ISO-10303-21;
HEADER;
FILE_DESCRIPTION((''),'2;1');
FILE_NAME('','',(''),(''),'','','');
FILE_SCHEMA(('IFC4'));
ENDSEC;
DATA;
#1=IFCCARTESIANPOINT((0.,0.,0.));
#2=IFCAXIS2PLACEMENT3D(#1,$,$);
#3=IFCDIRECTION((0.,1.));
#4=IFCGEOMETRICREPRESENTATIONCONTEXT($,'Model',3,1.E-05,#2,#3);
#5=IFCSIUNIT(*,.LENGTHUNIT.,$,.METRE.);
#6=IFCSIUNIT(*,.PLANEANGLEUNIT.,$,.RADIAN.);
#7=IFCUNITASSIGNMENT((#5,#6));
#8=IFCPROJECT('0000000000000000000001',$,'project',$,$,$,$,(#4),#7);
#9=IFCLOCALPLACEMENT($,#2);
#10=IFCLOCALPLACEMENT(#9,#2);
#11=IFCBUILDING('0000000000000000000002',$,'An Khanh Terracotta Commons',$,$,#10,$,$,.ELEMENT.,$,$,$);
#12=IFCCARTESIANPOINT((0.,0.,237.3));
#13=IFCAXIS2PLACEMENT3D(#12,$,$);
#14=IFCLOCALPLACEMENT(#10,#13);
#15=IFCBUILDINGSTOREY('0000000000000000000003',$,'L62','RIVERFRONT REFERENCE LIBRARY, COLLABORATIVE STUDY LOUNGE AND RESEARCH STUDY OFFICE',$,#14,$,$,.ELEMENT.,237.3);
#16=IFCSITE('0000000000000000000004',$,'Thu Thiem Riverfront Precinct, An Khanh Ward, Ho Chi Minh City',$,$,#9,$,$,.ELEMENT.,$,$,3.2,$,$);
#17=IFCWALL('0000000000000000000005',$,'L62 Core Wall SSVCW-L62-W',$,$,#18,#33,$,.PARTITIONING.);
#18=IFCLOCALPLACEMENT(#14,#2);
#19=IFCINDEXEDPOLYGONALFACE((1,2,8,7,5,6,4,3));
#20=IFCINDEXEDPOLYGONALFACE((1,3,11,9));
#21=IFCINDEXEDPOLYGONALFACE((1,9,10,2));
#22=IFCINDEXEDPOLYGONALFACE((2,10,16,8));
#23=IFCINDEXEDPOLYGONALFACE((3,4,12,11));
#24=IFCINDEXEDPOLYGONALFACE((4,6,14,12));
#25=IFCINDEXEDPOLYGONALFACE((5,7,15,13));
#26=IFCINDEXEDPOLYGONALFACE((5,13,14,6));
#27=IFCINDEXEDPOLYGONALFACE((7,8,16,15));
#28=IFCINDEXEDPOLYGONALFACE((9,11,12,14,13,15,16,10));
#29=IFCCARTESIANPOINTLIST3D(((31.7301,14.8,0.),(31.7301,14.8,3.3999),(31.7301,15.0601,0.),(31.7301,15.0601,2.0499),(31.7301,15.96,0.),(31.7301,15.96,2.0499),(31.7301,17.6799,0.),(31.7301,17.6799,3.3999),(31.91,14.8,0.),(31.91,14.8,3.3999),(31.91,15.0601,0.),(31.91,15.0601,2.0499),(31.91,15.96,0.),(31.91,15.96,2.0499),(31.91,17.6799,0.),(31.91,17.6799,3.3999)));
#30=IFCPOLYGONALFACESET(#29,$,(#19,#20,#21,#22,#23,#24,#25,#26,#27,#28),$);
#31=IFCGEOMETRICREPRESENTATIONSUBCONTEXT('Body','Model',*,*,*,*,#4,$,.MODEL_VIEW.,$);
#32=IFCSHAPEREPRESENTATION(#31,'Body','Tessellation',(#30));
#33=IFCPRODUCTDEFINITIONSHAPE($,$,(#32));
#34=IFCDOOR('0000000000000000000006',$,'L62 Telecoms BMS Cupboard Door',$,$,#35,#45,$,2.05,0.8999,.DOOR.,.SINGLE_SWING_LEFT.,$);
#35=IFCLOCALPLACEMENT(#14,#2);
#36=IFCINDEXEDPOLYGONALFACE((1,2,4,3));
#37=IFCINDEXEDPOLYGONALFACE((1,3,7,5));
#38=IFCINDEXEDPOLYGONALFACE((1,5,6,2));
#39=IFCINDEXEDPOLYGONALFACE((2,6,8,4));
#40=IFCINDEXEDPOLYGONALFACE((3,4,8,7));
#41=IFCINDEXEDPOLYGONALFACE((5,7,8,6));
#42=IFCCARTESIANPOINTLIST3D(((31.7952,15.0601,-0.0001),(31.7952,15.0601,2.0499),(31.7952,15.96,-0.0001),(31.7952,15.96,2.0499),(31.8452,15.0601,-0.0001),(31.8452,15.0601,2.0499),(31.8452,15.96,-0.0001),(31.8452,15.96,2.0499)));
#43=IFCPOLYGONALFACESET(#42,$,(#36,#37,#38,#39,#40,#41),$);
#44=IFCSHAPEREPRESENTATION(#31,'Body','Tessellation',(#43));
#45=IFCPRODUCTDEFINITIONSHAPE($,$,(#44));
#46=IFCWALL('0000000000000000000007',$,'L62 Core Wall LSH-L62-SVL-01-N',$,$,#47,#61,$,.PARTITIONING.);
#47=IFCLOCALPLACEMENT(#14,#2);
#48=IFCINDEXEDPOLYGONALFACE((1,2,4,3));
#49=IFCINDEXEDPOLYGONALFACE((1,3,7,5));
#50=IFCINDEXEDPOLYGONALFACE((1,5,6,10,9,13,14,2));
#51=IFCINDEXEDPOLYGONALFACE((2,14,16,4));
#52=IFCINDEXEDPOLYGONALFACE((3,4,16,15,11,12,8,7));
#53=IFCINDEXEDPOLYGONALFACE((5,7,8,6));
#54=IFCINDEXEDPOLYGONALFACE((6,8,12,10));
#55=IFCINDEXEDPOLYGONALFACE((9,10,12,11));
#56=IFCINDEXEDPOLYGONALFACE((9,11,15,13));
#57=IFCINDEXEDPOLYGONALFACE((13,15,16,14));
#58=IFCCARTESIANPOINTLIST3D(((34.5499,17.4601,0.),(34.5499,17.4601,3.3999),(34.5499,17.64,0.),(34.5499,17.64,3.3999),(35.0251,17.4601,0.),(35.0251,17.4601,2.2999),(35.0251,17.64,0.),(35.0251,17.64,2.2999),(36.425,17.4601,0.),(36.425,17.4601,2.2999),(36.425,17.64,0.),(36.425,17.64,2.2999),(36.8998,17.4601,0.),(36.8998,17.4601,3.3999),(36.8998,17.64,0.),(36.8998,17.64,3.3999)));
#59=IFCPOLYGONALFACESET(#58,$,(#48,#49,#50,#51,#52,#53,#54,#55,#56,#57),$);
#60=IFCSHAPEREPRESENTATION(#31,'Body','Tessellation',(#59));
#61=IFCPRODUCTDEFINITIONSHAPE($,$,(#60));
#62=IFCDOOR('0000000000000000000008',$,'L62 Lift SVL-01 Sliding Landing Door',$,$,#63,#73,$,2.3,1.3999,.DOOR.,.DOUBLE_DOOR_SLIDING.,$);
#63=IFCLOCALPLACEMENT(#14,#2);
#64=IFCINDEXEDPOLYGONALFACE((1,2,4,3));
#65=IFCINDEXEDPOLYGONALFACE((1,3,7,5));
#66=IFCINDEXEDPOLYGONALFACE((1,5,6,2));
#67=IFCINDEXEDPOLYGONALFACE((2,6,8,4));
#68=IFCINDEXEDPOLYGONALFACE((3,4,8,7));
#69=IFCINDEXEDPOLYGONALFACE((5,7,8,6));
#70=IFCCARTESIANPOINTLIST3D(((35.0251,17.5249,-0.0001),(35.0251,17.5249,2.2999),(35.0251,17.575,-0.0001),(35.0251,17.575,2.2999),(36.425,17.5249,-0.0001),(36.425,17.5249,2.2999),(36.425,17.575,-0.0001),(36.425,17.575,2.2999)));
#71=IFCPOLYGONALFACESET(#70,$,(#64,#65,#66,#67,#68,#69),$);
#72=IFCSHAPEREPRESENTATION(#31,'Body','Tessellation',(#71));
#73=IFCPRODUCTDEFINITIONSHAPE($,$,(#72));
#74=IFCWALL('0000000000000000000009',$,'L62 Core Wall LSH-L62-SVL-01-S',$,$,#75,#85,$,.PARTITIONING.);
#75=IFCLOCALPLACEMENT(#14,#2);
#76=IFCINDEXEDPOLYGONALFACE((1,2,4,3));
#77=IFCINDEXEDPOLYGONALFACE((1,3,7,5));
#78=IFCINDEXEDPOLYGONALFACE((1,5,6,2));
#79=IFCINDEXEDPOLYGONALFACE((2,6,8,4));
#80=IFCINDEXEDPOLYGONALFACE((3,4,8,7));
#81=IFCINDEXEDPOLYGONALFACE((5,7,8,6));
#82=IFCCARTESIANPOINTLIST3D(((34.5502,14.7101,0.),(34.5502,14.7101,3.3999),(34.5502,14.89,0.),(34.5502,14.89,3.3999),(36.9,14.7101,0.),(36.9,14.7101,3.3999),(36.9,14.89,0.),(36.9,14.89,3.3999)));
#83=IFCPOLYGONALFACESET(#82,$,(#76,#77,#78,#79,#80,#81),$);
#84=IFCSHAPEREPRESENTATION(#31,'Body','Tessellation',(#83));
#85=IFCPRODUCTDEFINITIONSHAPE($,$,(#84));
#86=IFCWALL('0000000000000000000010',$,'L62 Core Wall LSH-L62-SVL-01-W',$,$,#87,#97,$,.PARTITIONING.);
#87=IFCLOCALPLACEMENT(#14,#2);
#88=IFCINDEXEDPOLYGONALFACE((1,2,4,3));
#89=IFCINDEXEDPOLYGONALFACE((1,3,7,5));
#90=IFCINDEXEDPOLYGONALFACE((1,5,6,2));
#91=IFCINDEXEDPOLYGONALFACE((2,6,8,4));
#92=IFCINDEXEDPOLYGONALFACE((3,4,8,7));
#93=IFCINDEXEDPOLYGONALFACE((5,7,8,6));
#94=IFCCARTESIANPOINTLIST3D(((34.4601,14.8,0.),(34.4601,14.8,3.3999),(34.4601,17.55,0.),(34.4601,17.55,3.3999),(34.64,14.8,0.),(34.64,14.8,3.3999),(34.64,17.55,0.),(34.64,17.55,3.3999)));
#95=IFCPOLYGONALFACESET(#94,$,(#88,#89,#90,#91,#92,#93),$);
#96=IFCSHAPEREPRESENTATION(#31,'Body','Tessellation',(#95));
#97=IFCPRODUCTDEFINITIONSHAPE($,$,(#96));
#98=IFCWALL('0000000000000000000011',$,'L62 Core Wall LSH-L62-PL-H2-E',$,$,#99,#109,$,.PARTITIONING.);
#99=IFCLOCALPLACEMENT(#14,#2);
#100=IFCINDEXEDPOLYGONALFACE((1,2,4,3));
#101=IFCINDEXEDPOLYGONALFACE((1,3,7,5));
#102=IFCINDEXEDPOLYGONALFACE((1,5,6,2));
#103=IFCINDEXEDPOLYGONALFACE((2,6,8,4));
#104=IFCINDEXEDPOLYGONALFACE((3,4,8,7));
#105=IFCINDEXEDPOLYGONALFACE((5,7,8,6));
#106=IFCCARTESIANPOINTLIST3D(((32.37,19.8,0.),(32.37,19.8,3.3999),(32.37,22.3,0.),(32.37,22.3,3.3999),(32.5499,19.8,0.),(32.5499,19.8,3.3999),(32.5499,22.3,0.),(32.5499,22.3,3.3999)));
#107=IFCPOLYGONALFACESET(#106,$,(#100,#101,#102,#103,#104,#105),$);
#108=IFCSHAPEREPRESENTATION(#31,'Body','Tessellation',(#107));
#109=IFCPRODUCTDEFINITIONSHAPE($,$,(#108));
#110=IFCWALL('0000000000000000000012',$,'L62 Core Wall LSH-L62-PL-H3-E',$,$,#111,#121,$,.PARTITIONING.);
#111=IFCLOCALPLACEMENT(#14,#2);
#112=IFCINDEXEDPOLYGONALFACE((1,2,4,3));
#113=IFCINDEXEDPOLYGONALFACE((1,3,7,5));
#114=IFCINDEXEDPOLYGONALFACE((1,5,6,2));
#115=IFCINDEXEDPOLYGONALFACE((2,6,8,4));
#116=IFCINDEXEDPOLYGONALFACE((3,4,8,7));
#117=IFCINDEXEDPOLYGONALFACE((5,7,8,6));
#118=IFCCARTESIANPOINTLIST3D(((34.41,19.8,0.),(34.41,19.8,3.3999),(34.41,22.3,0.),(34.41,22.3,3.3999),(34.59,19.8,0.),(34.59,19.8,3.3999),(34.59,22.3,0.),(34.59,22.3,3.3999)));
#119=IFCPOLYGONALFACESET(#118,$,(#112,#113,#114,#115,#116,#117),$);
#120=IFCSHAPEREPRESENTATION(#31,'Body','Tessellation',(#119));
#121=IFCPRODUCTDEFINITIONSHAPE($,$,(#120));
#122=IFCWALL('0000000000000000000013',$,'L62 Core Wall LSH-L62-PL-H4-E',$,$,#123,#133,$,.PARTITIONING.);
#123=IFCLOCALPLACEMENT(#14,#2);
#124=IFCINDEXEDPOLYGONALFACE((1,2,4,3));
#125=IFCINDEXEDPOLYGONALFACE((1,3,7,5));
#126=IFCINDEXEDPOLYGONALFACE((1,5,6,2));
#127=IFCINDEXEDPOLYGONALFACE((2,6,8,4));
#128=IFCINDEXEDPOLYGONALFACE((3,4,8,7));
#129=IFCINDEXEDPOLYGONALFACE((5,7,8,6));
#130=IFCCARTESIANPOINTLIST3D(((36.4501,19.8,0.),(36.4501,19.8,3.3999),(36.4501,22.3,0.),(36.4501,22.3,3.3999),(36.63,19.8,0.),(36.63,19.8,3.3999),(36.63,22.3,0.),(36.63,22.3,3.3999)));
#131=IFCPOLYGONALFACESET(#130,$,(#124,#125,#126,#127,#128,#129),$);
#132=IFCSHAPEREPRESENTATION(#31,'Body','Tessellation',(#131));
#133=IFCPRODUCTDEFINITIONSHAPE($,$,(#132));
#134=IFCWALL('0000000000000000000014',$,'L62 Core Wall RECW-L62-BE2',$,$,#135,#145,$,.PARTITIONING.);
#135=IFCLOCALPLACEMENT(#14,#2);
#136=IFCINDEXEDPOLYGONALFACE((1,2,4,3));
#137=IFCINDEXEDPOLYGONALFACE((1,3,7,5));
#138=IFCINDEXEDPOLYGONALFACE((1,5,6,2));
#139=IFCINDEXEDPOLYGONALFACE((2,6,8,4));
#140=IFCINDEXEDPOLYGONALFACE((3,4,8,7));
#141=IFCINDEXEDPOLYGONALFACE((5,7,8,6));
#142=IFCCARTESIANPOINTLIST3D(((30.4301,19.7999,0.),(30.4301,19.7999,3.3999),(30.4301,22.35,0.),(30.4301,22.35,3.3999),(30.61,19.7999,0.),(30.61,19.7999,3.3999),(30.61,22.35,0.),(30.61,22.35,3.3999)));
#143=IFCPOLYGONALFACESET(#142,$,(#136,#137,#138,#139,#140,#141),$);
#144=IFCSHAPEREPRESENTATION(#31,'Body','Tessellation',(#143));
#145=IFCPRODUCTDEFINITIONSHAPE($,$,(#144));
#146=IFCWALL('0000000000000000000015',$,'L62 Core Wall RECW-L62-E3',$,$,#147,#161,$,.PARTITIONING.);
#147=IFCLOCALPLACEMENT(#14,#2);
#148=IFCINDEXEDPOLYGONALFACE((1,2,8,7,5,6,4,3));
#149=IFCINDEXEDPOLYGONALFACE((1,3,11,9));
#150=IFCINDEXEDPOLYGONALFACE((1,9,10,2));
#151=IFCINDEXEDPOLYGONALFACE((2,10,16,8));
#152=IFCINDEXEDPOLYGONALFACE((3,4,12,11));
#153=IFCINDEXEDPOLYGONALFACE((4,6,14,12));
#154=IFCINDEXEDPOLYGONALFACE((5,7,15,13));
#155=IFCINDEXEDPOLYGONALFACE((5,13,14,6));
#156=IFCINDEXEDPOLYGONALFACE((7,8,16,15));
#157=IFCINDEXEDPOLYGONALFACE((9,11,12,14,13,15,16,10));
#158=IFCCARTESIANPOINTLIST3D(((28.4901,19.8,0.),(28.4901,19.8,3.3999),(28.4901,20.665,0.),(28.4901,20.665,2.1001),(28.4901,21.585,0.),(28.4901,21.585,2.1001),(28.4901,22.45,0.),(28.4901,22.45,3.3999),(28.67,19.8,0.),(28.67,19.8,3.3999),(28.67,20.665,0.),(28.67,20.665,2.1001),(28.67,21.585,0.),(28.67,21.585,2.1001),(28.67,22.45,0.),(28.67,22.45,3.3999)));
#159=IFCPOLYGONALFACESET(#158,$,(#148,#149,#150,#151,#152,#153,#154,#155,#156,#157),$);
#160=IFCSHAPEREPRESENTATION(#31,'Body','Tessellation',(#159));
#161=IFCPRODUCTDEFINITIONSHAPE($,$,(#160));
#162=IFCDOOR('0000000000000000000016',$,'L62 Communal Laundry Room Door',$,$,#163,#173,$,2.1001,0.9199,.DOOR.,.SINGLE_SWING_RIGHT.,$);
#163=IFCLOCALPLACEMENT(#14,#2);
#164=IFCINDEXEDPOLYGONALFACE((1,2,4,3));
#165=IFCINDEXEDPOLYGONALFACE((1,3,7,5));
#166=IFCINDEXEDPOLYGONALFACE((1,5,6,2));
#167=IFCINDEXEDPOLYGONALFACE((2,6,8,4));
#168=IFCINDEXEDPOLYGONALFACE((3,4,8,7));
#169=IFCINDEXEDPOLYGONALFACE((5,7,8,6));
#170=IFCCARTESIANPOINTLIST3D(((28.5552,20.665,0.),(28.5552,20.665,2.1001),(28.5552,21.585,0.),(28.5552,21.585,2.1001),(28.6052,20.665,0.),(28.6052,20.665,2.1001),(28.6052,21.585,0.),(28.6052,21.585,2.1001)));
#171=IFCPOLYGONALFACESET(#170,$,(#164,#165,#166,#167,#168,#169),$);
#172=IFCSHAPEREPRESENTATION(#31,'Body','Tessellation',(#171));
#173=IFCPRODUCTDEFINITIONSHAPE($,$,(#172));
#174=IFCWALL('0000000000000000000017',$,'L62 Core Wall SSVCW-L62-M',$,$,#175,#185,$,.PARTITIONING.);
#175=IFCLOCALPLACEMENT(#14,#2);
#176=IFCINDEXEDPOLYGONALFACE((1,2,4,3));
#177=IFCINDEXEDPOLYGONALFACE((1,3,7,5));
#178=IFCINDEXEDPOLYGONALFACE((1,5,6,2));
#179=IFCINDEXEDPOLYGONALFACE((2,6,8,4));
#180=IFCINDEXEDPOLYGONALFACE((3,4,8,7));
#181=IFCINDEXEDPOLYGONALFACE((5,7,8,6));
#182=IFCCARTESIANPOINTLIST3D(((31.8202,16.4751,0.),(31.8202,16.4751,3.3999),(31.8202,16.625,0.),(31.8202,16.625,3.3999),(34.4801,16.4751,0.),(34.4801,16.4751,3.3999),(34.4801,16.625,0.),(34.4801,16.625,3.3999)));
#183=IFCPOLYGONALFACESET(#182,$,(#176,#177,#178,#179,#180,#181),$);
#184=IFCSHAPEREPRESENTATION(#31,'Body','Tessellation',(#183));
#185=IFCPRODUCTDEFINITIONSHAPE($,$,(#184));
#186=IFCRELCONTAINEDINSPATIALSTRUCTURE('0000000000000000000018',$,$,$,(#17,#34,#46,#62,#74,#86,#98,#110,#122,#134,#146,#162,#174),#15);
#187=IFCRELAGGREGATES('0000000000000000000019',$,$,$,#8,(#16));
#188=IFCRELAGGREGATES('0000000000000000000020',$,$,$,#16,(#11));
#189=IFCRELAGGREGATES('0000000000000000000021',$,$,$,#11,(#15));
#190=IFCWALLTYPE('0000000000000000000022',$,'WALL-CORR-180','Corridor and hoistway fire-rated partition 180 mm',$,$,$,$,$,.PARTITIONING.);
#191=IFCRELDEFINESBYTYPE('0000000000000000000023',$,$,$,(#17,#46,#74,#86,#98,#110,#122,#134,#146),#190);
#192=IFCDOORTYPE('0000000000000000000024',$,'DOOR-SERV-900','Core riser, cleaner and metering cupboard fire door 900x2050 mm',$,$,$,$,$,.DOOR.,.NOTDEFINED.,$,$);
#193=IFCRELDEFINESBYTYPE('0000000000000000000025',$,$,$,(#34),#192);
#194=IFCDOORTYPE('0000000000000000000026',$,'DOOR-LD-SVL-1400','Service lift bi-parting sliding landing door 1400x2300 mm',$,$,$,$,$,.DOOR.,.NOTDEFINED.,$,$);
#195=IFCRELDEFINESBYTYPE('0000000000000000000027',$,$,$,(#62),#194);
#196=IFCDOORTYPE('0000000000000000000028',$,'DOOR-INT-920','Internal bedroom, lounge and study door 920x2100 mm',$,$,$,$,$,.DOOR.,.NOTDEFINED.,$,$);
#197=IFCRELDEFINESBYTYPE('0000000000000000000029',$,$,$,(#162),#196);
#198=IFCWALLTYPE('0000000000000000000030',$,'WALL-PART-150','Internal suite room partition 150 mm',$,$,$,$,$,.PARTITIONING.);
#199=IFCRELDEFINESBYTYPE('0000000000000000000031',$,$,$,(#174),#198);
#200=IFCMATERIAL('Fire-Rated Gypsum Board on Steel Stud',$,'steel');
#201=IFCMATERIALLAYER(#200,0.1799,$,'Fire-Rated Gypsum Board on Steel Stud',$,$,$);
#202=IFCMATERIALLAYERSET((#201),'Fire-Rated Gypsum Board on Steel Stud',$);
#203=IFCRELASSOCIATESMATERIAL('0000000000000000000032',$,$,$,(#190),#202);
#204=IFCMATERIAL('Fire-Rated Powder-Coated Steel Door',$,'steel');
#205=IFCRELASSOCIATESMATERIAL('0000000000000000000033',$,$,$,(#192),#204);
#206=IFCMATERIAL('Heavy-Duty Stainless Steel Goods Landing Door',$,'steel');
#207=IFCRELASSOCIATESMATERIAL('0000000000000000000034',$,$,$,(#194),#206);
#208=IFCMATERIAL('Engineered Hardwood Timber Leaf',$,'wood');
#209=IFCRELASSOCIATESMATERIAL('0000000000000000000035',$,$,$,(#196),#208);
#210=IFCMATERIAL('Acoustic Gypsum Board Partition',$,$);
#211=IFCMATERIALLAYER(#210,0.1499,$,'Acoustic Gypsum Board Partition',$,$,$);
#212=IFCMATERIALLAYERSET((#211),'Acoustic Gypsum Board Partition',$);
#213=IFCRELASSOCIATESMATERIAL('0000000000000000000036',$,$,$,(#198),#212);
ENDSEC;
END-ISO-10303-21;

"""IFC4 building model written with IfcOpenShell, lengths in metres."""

from ifc_helpers import new_model, si_unit, direction, frame, frame_2d, origin, place, context, subcontext, project, spatial, rectangle, extrude, material, layer, layer_set, type_object, element, fill, save


model = new_model("IFC4")

# Units and contexts
model_context = context("Model", 3, precision=1e-05, world=origin(), true_north=direction((0.0, 1.0)))
body_context = subcontext(model_context, "Body", "Model", "MODEL_VIEW")
ifc_project = project(units=[si_unit("LENGTHUNIT", "METRE"), si_unit("PLANEANGLEUNIT", "RADIAN")], contexts=[model_context])

# Site, building, storey
site_placement = place(None, origin())
site = spatial("IfcSite", under=ifc_project, at=site_placement, Name="Thu Thiem Riverfront Precinct, An Khanh Ward, Ho Chi Minh City", CompositionType="ELEMENT", RefElevation=3.2)
building_placement = place(site_placement, origin())
building = spatial("IfcBuilding", under=site, at=building_placement, Name="An Khanh Terracotta Commons", CompositionType="ELEMENT")
storey_placement = place(building_placement, frame((0.0, 0.0, 237.3)))
storey = spatial("IfcBuildingStorey", under=building, at=storey_placement, Name="L62", Description="RIVERFRONT REFERENCE LIBRARY, COLLABORATIVE STUDY LOUNGE AND RESEARCH STUDY OFFICE", CompositionType="ELEMENT", Elevation=237.3)

# Walls, openings, doors
ifc_material_1 = material(Name="Fire-Rated Gypsum Board on Steel Stud", Category="steel")
ifc_layer_1 = layer(ifc_material_1, 0.1799, Name="Fire-Rated Gypsum Board on Steel Stud")
ifc_layer_set_1 = layer_set([ifc_layer_1], Name="Fire-Rated Gypsum Board on Steel Stud")
wall_type_1 = type_object("IfcWallType", Name="WALL-CORR-180", Description="Corridor and hoistway fire-rated partition 180 mm", PredefinedType="PARTITIONING", material=ifc_layer_set_1)
ifc_material_2 = material(Name="Fire-Rated Powder-Coated Steel Door", Category="steel")
door_type_1 = type_object("IfcDoorType", Name="DOOR-SERV-900", Description="Core riser, cleaner and metering cupboard fire door 900x2050 mm", OperationType="NOTDEFINED", PredefinedType="DOOR", material=ifc_material_2)
wall_1_placement = place(storey_placement, frame((31.8201, 14.8, 0.0), z_axis=(0.0, 0.0, 1.0), x_axis=(0.0, 1.0, 0.0)))
wall_1 = element("IfcWall", 1, at=wall_1_placement, inside=storey, type_object=wall_type_1, Name="L62 Core Wall SSVCW-L62-W", PredefinedType="PARTITIONING", context=body_context, shape_type="SweptSolid", body=[
    extrude(rectangle(XDim=2.8799, YDim=0.1799, at=frame_2d((1.4399, 0.0))), origin(), (0.0, 0.0, 1.0), 3.3999),
])
opening_1_placement = place(wall_1_placement, frame((0.26, 0.0, 0.0)))
opening_1 = element("IfcOpeningElement", 2, at=opening_1_placement, cuts=wall_1, PredefinedType="OPENING", context=body_context, shape_type="SweptSolid", body=[
    extrude(rectangle(XDim=0.8999, YDim=2.05, at=frame_2d((0.45, 1.0249))), frame((0.0, 0.0999, 0.0), z_axis=(0.0, -1.0, 0.0), x_axis=(1.0, 0.0, 0.0)), (0.0, 0.0, 1.0), 0.2),
])
door_1_placement = place(opening_1_placement, origin())
door_1 = element("IfcDoor", 3, at=door_1_placement, inside=storey, type_object=door_type_1, Name="L62 Telecoms BMS Cupboard Door", OperationType="SINGLE_SWING_LEFT", OverallHeight=2.05, OverallWidth=0.8999, PredefinedType="DOOR", context=body_context, shape_type="SweptSolid", body=[
    extrude(rectangle(XDim=0.8999, YDim=2.05, at=frame_2d((0.45, 1.0249))), frame((0.0, 0.0249, 0.0), z_axis=(0.0, -1.0, 0.0), x_axis=(1.0, 0.0, 0.0)), (0.0, 0.0, 1.0), 0.05),
])
fill(opening_1, door_1)
wall_2_placement = place(storey_placement, frame((34.55, 17.55, 0.0), z_axis=(0.0, 0.0, 1.0), x_axis=(1.0, 0.0, 0.0)))
wall_2 = element("IfcWall", 4, at=wall_2_placement, inside=storey, type_object=wall_type_1, Name="L62 Core Wall LSH-L62-SVL-01-N", PredefinedType="PARTITIONING", context=body_context, shape_type="SweptSolid", body=[
    extrude(rectangle(XDim=2.3499, YDim=0.1799, at=frame_2d((1.1748, 0.0))), origin(), (0.0, 0.0, 1.0), 3.3999),
])
opening_2_placement = place(wall_2_placement, frame((0.4751, 0.0, 0.0)))
opening_2 = element("IfcOpeningElement", 5, at=opening_2_placement, cuts=wall_2, PredefinedType="OPENING", context=body_context, shape_type="SweptSolid", body=[
    extrude(rectangle(XDim=1.3999, YDim=2.3, at=frame_2d((0.7, 1.1499))), frame((0.0, 0.0999, 0.0), z_axis=(0.0, -1.0, 0.0), x_axis=(1.0, 0.0, 0.0)), (0.0, 0.0, 1.0), 0.2),
])
ifc_material_3 = material(Name="Heavy-Duty Stainless Steel Goods Landing Door", Category="steel")
door_type_2 = type_object("IfcDoorType", Name="DOOR-LD-SVL-1400", Description="Service lift bi-parting sliding landing door 1400x2300 mm", OperationType="NOTDEFINED", PredefinedType="DOOR", material=ifc_material_3)
door_2_placement = place(opening_2_placement, origin())
door_2 = element("IfcDoor", 6, at=door_2_placement, inside=storey, type_object=door_type_2, Name="L62 Lift SVL-01 Sliding Landing Door", OperationType="DOUBLE_DOOR_SLIDING", OverallHeight=2.3, OverallWidth=1.3999, PredefinedType="DOOR", context=body_context, shape_type="SweptSolid", body=[
    extrude(rectangle(XDim=1.3999, YDim=2.3, at=frame_2d((0.7, 1.1499))), frame((0.0, 0.0249, 0.0), z_axis=(0.0, -1.0, 0.0), x_axis=(1.0, 0.0, 0.0)), (0.0, 0.0, 1.0), 0.05),
])
fill(opening_2, door_2)

# Walls
wall_3_placement = place(storey_placement, frame((36.8999, 14.8, 0.0), z_axis=(0.0, 0.0, 1.0), x_axis=(-1.0, 0.0, 0.0)))
element("IfcWall", 7, at=wall_3_placement, inside=storey, type_object=wall_type_1, Name="L62 Core Wall LSH-L62-SVL-01-S", PredefinedType="PARTITIONING", context=body_context, shape_type="SweptSolid", body=[
    extrude(rectangle(XDim=2.3499, YDim=0.1799, at=frame_2d((1.1748, 0.0))), origin(), (0.0, 0.0, 1.0), 3.3999),
])
wall_4_placement = place(storey_placement, frame((34.55, 17.55, 0.0), z_axis=(0.0, 0.0, 1.0), x_axis=(0.0, -1.0, 0.0)))
element("IfcWall", 8, at=wall_4_placement, inside=storey, type_object=wall_type_1, Name="L62 Core Wall LSH-L62-SVL-01-W", PredefinedType="PARTITIONING", context=body_context, shape_type="SweptSolid", body=[
    extrude(rectangle(XDim=2.75, YDim=0.1799, at=frame_2d((1.375, 0.0))), origin(), (0.0, 0.0, 1.0), 3.3999),
])
for number, where, z_axis, x_axis, name in (
    (9, (32.46, 19.8, 0.0), (0.0, 0.0, 1.0), (0.0, 1.0, 0.0), "L62 Core Wall LSH-L62-PL-H2-E"),
    (10, (34.5, 19.8, 0.0), (0.0, 0.0, 1.0), (0.0, 1.0, 0.0), "L62 Core Wall LSH-L62-PL-H3-E"),
    (11, (36.54, 19.8, 0.0), (0.0, 0.0, 1.0), (0.0, 1.0, 0.0), "L62 Core Wall LSH-L62-PL-H4-E"),
):
    element("IfcWall", number, at=place(storey_placement, frame(where, z_axis=z_axis, x_axis=x_axis)), inside=storey, type_object=wall_type_1, Name=name, PredefinedType="PARTITIONING", context=body_context, shape_type="SweptSolid", body=[
        extrude(rectangle(XDim=2.5, YDim=0.1799, at=frame_2d((1.25, 0.0))), origin(), (0.0, 0.0, 1.0), 3.3999),
    ])
wall_5_placement = place(storey_placement, frame((30.52, 19.8, 0.0), z_axis=(0.0, 0.0, 1.0), x_axis=(0.0, 1.0, 0.0)))
element("IfcWall", 12, at=wall_5_placement, inside=storey, type_object=wall_type_1, Name="L62 Core Wall RECW-L62-BE2", PredefinedType="PARTITIONING", context=body_context, shape_type="SweptSolid", body=[
    extrude(rectangle(XDim=2.55, YDim=0.1799, at=frame_2d((1.2749, 0.0))), origin(), (0.0, 0.0, 1.0), 3.3999),
])

# Wall, opening, door
wall_6_placement = place(storey_placement, frame((28.5801, 19.8, 0.0), z_axis=(0.0, 0.0, 1.0), x_axis=(0.0, 1.0, 0.0)))
wall_6 = element("IfcWall", 13, at=wall_6_placement, inside=storey, type_object=wall_type_1, Name="L62 Core Wall RECW-L62-E3", PredefinedType="PARTITIONING", context=body_context, shape_type="SweptSolid", body=[
    extrude(rectangle(XDim=2.6499, YDim=0.1799, at=frame_2d((1.325, 0.0))), origin(), (0.0, 0.0, 1.0), 3.3999),
])
opening_3_placement = place(wall_6_placement, frame((0.865, 0.0, 0.0)))
opening_3 = element("IfcOpeningElement", 14, at=opening_3_placement, cuts=wall_6, PredefinedType="OPENING", context=body_context, shape_type="SweptSolid", body=[
    extrude(rectangle(XDim=0.9199, YDim=2.1001, at=frame_2d((0.46, 1.05))), frame((0.0, 0.0999, 0.0), z_axis=(0.0, -1.0, 0.0), x_axis=(1.0, 0.0, 0.0)), (0.0, 0.0, 1.0), 0.2),
])
ifc_material_4 = material(Name="Engineered Hardwood Timber Leaf", Category="wood")
door_type_3 = type_object("IfcDoorType", Name="DOOR-INT-920", Description="Internal bedroom, lounge and study door 920x2100 mm", OperationType="NOTDEFINED", PredefinedType="DOOR", material=ifc_material_4)
door_3_placement = place(opening_3_placement, origin())
door_3 = element("IfcDoor", 15, at=door_3_placement, inside=storey, type_object=door_type_3, Name="L62 Communal Laundry Room Door", OperationType="SINGLE_SWING_RIGHT", OverallHeight=2.1001, OverallWidth=0.9199, PredefinedType="DOOR", context=body_context, shape_type="SweptSolid", body=[
    extrude(rectangle(XDim=0.9199, YDim=2.1001, at=frame_2d((0.46, 1.05))), frame((0.0, 0.0249, 0.0), z_axis=(0.0, -1.0, 0.0), x_axis=(1.0, 0.0, 0.0)), (0.0, 0.0, 1.0), 0.05),
])
fill(opening_3, door_3)

# Wall
ifc_material_5 = material(Name="Acoustic Gypsum Board Partition")
ifc_layer_2 = layer(ifc_material_5, 0.1499, Name="Acoustic Gypsum Board Partition")
ifc_layer_set_2 = layer_set([ifc_layer_2], Name="Acoustic Gypsum Board Partition")
wall_type_2 = type_object("IfcWallType", Name="WALL-PART-150", Description="Internal suite room partition 150 mm", PredefinedType="PARTITIONING", material=ifc_layer_set_2)
wall_7_placement = place(storey_placement, frame((31.8201, 16.55, 0.0), z_axis=(0.0, 0.0, 1.0), x_axis=(1.0, 0.0, 0.0)))
element("IfcWall", 16, at=wall_7_placement, inside=storey, type_object=wall_type_2, Name="L62 Core Wall SSVCW-L62-M", PredefinedType="PARTITIONING", context=body_context, shape_type="SweptSolid", body=[
    extrude(rectangle(XDim=2.6599, YDim=0.1499, at=frame_2d((1.3301, 0.0))), origin(), (0.0, 0.0, 1.0), 3.3999),
])

save(model, "model.ifc")
